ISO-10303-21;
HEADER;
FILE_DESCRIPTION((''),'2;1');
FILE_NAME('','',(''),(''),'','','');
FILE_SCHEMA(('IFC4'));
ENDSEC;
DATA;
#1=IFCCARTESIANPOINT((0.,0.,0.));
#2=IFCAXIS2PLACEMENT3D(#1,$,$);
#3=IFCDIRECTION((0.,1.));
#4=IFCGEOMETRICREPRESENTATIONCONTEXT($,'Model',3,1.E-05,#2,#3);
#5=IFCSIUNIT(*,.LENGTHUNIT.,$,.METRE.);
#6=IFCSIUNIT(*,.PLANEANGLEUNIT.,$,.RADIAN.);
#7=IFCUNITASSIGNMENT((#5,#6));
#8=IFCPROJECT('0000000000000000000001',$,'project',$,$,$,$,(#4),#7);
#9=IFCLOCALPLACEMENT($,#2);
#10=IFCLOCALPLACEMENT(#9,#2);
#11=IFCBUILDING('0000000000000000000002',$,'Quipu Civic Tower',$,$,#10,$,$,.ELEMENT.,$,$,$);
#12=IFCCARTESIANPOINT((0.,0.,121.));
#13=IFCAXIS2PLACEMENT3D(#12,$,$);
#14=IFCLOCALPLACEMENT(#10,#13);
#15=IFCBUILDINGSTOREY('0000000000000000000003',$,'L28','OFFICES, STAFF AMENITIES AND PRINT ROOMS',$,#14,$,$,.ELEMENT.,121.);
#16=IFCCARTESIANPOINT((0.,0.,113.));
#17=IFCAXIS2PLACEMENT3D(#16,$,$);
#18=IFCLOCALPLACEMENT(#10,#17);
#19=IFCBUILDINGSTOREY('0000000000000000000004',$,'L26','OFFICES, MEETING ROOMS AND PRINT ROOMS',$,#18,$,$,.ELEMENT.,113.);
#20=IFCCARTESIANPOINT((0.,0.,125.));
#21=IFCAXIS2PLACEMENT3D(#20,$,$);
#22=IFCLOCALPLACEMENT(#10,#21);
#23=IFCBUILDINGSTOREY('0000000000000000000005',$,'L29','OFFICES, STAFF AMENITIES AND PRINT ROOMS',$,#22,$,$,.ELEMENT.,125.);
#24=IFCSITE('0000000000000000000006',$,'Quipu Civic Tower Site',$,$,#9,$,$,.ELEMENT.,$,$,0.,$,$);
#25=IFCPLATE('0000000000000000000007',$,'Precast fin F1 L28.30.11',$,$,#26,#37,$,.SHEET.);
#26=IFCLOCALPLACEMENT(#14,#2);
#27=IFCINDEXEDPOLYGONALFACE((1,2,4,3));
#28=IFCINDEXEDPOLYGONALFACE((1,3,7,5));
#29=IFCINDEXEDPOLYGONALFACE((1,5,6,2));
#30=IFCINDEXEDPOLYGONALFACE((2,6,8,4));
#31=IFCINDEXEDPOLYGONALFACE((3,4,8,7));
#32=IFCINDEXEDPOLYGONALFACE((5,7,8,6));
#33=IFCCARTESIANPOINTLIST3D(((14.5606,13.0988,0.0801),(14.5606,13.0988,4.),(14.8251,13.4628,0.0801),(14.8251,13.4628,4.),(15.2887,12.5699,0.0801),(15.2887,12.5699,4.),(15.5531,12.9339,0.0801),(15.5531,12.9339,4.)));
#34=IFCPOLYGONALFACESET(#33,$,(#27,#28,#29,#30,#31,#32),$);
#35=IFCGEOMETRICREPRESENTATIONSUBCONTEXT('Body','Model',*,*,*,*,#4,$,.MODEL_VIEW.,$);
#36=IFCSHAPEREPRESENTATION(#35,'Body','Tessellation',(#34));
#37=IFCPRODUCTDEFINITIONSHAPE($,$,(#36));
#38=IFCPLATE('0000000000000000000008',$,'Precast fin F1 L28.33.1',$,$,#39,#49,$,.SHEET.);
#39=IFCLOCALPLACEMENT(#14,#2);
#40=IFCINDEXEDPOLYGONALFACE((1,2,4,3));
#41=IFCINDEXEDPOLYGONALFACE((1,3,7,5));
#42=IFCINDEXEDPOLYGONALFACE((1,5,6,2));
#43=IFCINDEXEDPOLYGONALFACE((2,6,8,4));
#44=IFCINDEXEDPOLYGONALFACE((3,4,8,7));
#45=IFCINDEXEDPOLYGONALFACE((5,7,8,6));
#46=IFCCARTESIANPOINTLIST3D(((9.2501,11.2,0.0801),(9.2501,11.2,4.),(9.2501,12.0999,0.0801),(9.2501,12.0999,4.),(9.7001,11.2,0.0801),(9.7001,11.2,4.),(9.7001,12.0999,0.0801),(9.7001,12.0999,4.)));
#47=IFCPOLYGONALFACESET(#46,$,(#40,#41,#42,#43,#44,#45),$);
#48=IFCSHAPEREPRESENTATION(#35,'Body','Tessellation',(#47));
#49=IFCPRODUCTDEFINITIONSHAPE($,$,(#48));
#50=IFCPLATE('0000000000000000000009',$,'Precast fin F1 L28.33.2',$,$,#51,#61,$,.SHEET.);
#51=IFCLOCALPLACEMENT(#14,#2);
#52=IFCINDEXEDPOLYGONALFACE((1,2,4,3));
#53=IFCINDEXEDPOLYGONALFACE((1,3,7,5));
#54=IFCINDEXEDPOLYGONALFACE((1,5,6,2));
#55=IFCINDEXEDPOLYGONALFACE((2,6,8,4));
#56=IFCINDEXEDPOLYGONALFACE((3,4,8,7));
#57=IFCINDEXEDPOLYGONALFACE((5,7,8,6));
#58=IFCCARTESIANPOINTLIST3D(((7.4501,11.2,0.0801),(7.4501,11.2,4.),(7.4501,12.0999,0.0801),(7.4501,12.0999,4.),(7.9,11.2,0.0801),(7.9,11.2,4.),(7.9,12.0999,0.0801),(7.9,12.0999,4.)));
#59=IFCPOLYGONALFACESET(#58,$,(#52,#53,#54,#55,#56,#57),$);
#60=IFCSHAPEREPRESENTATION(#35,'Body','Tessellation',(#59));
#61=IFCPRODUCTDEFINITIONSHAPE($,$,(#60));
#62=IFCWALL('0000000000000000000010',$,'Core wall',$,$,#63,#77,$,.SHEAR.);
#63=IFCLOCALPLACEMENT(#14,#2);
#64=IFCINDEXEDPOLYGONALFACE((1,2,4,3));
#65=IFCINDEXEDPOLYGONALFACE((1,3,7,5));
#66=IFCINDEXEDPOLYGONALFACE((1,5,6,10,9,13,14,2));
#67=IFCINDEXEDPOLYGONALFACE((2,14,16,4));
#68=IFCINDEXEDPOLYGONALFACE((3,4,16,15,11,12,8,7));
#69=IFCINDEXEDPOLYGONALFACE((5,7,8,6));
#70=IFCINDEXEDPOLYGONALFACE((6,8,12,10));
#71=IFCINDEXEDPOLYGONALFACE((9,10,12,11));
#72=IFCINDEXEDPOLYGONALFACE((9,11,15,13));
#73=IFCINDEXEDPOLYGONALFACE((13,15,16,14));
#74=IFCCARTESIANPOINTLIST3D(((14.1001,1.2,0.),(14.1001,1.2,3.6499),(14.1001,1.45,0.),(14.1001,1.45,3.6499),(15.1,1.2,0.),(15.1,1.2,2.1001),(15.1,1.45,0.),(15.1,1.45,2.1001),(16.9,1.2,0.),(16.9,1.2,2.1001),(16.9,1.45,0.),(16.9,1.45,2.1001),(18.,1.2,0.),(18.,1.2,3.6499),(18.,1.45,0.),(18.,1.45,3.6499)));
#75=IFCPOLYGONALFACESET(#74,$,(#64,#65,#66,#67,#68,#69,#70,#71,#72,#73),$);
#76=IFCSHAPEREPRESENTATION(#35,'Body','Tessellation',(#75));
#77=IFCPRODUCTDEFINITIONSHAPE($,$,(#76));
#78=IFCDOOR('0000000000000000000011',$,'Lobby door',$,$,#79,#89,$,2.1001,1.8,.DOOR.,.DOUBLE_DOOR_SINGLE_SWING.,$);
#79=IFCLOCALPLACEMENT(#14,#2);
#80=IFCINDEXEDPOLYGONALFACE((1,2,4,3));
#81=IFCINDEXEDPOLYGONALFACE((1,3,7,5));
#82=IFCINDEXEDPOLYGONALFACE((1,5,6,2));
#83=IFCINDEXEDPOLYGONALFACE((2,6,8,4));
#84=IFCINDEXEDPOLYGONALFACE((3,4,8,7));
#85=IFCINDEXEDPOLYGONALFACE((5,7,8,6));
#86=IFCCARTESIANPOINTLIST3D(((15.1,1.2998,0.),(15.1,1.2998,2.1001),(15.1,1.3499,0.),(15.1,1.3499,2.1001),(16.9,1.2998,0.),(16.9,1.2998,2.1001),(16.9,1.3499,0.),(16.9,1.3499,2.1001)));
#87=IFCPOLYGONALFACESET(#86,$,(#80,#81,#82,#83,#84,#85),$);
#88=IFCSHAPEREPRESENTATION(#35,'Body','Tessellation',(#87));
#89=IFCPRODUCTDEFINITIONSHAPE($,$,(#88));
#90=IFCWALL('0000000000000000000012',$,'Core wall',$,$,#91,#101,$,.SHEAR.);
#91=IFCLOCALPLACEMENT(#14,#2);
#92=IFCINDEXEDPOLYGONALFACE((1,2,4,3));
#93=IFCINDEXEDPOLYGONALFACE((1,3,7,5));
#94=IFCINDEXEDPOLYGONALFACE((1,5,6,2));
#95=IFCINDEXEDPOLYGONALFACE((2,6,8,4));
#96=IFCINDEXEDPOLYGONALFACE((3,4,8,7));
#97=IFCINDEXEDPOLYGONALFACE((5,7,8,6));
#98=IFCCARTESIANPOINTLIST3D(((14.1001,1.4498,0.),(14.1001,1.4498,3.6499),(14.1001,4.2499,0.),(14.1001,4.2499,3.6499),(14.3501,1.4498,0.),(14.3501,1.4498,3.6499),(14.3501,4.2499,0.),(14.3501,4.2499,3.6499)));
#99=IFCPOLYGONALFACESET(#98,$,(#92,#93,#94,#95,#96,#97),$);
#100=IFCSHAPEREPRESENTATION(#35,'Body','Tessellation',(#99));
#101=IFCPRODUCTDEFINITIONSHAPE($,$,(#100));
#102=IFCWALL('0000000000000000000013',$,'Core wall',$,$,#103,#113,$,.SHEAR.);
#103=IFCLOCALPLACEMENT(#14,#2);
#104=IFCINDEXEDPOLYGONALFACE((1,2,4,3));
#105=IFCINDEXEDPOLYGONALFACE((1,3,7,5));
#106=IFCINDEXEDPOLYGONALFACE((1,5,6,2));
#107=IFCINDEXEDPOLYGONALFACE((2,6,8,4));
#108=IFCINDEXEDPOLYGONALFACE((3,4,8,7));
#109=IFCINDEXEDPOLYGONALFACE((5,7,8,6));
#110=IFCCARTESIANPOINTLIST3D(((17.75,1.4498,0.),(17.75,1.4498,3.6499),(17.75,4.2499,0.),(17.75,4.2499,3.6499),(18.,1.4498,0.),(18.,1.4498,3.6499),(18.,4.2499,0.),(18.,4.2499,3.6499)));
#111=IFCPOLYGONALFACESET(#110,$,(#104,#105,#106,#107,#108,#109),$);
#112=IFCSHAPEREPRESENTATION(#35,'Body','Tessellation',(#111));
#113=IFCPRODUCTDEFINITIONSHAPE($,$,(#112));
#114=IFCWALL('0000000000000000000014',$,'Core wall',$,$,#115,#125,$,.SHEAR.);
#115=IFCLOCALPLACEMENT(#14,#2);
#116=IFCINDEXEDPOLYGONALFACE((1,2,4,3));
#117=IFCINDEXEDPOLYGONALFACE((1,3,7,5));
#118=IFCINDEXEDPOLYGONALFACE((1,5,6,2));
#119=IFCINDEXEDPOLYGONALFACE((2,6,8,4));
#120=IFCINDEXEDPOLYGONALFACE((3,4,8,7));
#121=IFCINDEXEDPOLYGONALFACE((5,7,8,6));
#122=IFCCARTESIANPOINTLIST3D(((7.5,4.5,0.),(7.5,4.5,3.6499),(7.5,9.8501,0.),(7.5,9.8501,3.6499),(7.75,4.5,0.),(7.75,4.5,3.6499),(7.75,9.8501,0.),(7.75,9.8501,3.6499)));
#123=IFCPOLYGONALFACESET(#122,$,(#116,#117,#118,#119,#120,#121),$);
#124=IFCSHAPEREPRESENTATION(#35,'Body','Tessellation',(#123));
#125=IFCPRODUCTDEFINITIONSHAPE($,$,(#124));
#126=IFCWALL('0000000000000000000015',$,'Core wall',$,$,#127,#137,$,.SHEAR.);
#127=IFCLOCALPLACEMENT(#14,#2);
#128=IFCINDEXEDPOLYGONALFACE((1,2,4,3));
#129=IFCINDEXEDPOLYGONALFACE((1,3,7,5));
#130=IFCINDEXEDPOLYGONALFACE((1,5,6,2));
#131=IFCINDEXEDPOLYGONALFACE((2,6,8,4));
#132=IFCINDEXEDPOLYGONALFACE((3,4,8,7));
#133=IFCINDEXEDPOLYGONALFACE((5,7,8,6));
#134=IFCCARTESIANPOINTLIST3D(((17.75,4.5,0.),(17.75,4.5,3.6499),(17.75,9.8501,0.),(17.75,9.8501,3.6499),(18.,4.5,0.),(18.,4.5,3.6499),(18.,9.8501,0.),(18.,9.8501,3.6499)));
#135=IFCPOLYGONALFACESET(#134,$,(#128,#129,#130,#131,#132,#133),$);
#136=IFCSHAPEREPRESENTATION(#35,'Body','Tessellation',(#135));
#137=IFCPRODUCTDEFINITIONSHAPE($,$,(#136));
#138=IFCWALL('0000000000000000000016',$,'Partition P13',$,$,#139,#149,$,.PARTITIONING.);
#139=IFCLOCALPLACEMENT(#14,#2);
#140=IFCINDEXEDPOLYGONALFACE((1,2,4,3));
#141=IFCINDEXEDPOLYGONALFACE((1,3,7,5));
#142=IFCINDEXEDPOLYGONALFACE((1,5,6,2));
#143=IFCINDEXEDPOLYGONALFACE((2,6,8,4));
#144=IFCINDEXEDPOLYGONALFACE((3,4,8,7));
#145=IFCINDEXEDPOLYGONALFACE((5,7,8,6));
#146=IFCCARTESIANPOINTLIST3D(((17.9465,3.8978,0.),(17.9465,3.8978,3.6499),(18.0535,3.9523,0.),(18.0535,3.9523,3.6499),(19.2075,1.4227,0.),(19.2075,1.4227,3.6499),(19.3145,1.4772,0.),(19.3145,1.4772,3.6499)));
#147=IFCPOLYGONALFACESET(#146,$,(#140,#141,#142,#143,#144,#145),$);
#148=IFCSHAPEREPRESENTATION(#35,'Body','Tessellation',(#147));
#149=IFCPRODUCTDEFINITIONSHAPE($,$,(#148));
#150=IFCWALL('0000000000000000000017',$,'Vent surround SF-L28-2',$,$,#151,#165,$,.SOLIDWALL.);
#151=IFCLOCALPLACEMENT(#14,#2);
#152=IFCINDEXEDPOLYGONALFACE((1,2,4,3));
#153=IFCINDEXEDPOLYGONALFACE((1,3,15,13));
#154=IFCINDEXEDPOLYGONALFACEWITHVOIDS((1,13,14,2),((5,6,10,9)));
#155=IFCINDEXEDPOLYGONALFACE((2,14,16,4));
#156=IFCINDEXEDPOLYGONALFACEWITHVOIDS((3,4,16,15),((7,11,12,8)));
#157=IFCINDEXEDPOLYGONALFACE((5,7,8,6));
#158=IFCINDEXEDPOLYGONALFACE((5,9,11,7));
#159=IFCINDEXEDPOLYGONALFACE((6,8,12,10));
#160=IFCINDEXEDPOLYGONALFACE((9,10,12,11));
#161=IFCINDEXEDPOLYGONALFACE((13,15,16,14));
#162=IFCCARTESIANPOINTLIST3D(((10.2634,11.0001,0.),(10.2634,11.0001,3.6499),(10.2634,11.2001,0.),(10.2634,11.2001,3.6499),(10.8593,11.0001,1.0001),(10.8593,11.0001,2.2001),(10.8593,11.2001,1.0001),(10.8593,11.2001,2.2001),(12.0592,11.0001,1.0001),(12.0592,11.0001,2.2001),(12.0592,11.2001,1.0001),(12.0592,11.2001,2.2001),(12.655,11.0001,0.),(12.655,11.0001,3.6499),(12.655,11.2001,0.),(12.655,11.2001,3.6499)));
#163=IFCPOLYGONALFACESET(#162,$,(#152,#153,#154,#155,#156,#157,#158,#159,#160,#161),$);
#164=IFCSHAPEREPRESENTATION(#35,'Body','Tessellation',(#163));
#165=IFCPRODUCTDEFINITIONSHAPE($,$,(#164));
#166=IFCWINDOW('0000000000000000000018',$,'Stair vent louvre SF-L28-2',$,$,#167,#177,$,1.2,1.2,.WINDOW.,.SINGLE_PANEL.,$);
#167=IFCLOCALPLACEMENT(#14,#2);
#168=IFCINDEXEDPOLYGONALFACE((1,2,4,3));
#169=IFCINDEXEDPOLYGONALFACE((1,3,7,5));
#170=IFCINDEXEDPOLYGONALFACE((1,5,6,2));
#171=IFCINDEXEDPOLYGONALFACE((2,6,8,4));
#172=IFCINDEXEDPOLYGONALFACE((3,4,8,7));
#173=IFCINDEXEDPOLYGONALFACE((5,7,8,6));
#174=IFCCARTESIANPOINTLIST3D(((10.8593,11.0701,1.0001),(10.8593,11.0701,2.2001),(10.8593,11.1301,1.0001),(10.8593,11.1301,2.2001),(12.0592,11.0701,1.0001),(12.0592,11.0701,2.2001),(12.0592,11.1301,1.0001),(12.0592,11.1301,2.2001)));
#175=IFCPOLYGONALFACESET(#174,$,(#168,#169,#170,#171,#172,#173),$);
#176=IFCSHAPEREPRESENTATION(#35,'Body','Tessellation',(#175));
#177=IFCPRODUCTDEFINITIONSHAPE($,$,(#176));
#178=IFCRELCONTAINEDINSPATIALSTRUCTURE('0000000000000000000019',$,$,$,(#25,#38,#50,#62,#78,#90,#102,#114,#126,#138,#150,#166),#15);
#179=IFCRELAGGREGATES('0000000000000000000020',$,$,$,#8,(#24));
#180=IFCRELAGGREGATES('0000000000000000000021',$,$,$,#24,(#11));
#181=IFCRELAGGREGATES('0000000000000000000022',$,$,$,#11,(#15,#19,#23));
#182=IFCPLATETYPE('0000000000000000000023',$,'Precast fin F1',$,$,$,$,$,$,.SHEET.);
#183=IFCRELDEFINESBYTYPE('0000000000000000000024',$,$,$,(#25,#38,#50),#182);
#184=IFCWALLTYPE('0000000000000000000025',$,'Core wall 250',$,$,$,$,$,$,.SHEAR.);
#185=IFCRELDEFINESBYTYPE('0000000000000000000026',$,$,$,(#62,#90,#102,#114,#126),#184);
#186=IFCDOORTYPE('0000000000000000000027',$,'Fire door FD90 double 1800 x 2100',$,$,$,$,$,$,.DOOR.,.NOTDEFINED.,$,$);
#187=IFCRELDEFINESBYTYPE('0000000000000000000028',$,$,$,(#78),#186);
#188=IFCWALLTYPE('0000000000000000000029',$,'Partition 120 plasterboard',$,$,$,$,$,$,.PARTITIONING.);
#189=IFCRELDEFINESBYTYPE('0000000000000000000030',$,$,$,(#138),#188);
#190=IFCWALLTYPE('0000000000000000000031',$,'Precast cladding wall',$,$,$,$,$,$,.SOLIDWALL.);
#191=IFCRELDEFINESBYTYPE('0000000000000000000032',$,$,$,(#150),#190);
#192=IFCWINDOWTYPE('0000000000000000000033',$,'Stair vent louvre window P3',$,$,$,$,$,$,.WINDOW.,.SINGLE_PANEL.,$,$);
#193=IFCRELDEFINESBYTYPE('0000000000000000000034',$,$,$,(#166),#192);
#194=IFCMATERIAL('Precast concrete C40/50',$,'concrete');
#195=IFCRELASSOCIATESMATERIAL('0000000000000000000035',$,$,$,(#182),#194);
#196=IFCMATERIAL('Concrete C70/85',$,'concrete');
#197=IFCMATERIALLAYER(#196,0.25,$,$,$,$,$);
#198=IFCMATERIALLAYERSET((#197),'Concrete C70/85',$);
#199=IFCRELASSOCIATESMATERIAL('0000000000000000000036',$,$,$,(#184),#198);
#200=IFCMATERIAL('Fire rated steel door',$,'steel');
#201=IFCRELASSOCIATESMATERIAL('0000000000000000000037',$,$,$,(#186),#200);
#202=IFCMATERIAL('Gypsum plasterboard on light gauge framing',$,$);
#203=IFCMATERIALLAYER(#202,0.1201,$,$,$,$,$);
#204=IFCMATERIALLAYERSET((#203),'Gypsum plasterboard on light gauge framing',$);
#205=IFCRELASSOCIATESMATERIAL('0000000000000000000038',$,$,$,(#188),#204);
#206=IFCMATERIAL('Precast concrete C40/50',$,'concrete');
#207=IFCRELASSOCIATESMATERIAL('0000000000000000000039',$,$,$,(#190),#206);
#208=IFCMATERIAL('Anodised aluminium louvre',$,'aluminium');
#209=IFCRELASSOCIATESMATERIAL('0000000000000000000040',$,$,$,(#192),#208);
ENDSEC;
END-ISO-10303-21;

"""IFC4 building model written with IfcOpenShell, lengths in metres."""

from ifc_helpers import new_model, si_unit, direction, frame, frame_2d, origin, origin_2d, place, context, subcontext, project, spatial, rectangle, extrude, material, layer, layer_set, type_object, element, fill, save


model = new_model("IFC4")

# Units and contexts
model_context = context("Model", 3, precision=1e-05, world=origin(), true_north=direction((0.0, 1.0)))
body_context = subcontext(model_context, "Body", "Model", "MODEL_VIEW")
ifc_project = project(units=[si_unit("LENGTHUNIT", "METRE"), si_unit("PLANEANGLEUNIT", "RADIAN")], contexts=[model_context])

# Site, building, storey
site_placement = place(None, origin())
site = spatial("IfcSite", under=ifc_project, at=site_placement, Name="Quipu Civic Tower Site", CompositionType="ELEMENT", RefElevation=0.0)
building_placement = place(site_placement, origin())
building = spatial("IfcBuilding", under=site, at=building_placement, Name="Quipu Civic Tower", CompositionType="ELEMENT")
storey_1_placement = place(building_placement, frame((0.0, 0.0, 121.0)))
storey_1 = spatial("IfcBuildingStorey", under=building, at=storey_1_placement, Name="L28", Description="OFFICES, STAFF AMENITIES AND PRINT ROOMS", CompositionType="ELEMENT", Elevation=121.0)

# Shared definitions
storey_2_placement = place(building_placement, frame((0.0, 0.0, 113.0)))
storey_2 = spatial("IfcBuildingStorey", under=building, at=storey_2_placement, Name="L26", Description="OFFICES, MEETING ROOMS AND PRINT ROOMS", CompositionType="ELEMENT", Elevation=113.0)

# Shared definitions
storey_3_placement = place(building_placement, frame((0.0, 0.0, 125.0)))
storey_3 = spatial("IfcBuildingStorey", under=building, at=storey_3_placement, Name="L29", Description="OFFICES, STAFF AMENITIES AND PRINT ROOMS", CompositionType="ELEMENT", Elevation=125.0)

# Plates
ifc_material_1 = material(Name="Precast concrete C40/50", Category="concrete")
plate_type_1 = type_object("IfcPlateType", Name="Precast fin F1", PredefinedType="SHEET", material=ifc_material_1)
for number, where, z_axis, x_axis, name in (
    (1, (15.0569, 13.0164, 0.0801), (0.0, 0.0, 1.0), (-0.587787, -0.809016, 0.0), "Precast fin F1 L28.30.11"),
    (2, (9.4751, 11.6499, 0.0801), (0.0, 0.0, 1.0), (-1.0, 0.0, 0.0), "Precast fin F1 L28.33.1"),
    (3, (7.675, 11.6499, 0.0801), (0.0, 0.0, 1.0), (-1.0, 0.0, 0.0), "Precast fin F1 L28.33.2"),
):
    element("IfcPlate", number, at=place(storey_1_placement, frame(where, z_axis=z_axis, x_axis=x_axis)), inside=storey_1, type_object=plate_type_1, Name=name, PredefinedType="SHEET", context=body_context, shape_type="SweptSolid", body=[
        extrude(rectangle(XDim=0.45, YDim=0.8999, at=origin_2d()), origin(), (0.0, 0.0, 1.0), 3.9199),
    ])

# Wall, opening, door
ifc_material_2 = material(Name="Concrete C70/85", Category="concrete")
ifc_layer_1 = layer(ifc_material_2, 0.25)
ifc_layer_set_1 = layer_set([ifc_layer_1], Name="Concrete C70/85")
wall_type_1 = type_object("IfcWallType", Name="Core wall 250", PredefinedType="SHEAR", material=ifc_layer_set_1)
wall_1_placement = place(storey_1_placement, frame((14.1001, 1.325, 0.0), z_axis=(0.0, 0.0, 1.0), x_axis=(1.0, 0.0, 0.0)))
wall_1 = element("IfcWall", 4, at=wall_1_placement, inside=storey_1, type_object=wall_type_1, Name="Core wall", PredefinedType="SHEAR", context=body_context, shape_type="SweptSolid", body=[
    extrude(rectangle(XDim=3.8999, YDim=0.25, at=frame_2d((1.95, 0.0))), origin(), (0.0, 0.0, 1.0), 3.6499),
])
opening_1_placement = place(wall_1_placement, frame((1.0, 0.0, 0.0)))
opening_1 = element("IfcOpeningElement", 5, at=opening_1_placement, cuts=wall_1, PredefinedType="OPENING", context=body_context, shape_type="SweptSolid", body=[
    extrude(rectangle(XDim=1.8, YDim=2.1001, at=frame_2d((0.8999, 1.05))), frame((0.0, 0.135, 0.0), z_axis=(0.0, -1.0, 0.0), x_axis=(1.0, 0.0, 0.0)), (0.0, 0.0, 1.0), 0.27),
])
ifc_material_3 = material(Name="Fire rated steel door", Category="steel")
door_type = type_object("IfcDoorType", Name="Fire door FD90 double 1800 x 2100", OperationType="NOTDEFINED", PredefinedType="DOOR", material=ifc_material_3)
door_placement = place(opening_1_placement, origin())
door = element("IfcDoor", 6, at=door_placement, inside=storey_1, type_object=door_type, Name="Lobby door", OperationType="DOUBLE_DOOR_SINGLE_SWING", OverallHeight=2.1001, OverallWidth=1.8, PredefinedType="DOOR", context=body_context, shape_type="SweptSolid", body=[
    extrude(rectangle(XDim=1.8, YDim=2.1001, at=frame_2d((0.8999, 1.05))), frame((0.0, 0.0249, 0.0), z_axis=(0.0, -1.0, 0.0), x_axis=(1.0, 0.0, 0.0)), (0.0, 0.0, 1.0), 0.05),
])
fill(opening_1, door)

# Walls
for number, where, z_axis, x_axis, name in (
    (7, (14.2251, 1.45, 0.0), (0.0, 0.0, 1.0), (0.0, 1.0, 0.0), "Core wall"),
    (8, (17.875, 1.45, 0.0), (0.0, 0.0, 1.0), (0.0, 1.0, 0.0), "Core wall"),
):
    element("IfcWall", number, at=place(storey_1_placement, frame(where, z_axis=z_axis, x_axis=x_axis)), inside=storey_1, type_object=wall_type_1, Name=name, PredefinedType="SHEAR", context=body_context, shape_type="SweptSolid", body=[
        extrude(rectangle(XDim=2.8, YDim=0.25, at=frame_2d((1.3999, 0.0))), origin(), (0.0, 0.0, 1.0), 3.6499),
    ])
for number, where, z_axis, x_axis, name in (
    (9, (7.625, 4.5, 0.0), (0.0, 0.0, 1.0), (0.0, 1.0, 0.0), "Core wall"),
    (10, (17.875, 4.5, 0.0), (0.0, 0.0, 1.0), (0.0, 1.0, 0.0), "Core wall"),
):
    element("IfcWall", number, at=place(storey_1_placement, frame(where, z_axis=z_axis, x_axis=x_axis)), inside=storey_1, type_object=wall_type_1, Name=name, PredefinedType="SHEAR", context=body_context, shape_type="SweptSolid", body=[
        extrude(rectangle(XDim=5.3501, YDim=0.25, at=frame_2d((2.675, 0.0))), origin(), (0.0, 0.0, 1.0), 3.6499),
    ])
ifc_material_4 = material(Name="Gypsum plasterboard on light gauge framing")
ifc_layer_2 = layer(ifc_material_4, 0.1201)
ifc_layer_set_2 = layer_set([ifc_layer_2], Name="Gypsum plasterboard on light gauge framing")
wall_type_2 = type_object("IfcWallType", Name="Partition 120 plasterboard", PredefinedType="PARTITIONING", material=ifc_layer_set_2)
wall_2_placement = place(storey_1_placement, frame((18.0, 3.925, 0.0), z_axis=(0.0, 0.0, 1.0), x_axis=(0.453951, -0.891027, 0.0)))
element("IfcWall", 11, at=wall_2_placement, inside=storey_1, type_object=wall_type_2, Name="Partition P13", PredefinedType="PARTITIONING", context=body_context, shape_type="SweptSolid", body=[
    extrude(rectangle(XDim=2.7778, YDim=0.1201, at=frame_2d((1.3889, 0.0))), origin(), (0.0, 0.0, 1.0), 3.6499),
])

# Wall, opening, window
ifc_material_5 = material(Name="Precast concrete C40/50", Category="concrete")
wall_type_3 = type_object("IfcWallType", Name="Precast cladding wall", PredefinedType="SOLIDWALL", material=ifc_material_5)
wall_3_placement = place(storey_1_placement, frame((12.655, 11.1001, 0.0), z_axis=(0.0, 0.0, 1.0), x_axis=(-1.0, 0.0, 0.0)))
wall_3 = element("IfcWall", 12, at=wall_3_placement, inside=storey_1, type_object=wall_type_3, Name="Vent surround SF-L28-2", PredefinedType="SOLIDWALL", context=body_context, shape_type="SweptSolid", body=[
    extrude(rectangle(XDim=2.3916, YDim=0.2, at=frame_2d((1.1958, 0.0))), origin(), (0.0, 0.0, 1.0), 3.6499),
])
opening_2_placement = place(wall_3_placement, frame((0.5957, 0.0, 1.0)))
opening_2 = element("IfcOpeningElement", 13, at=opening_2_placement, cuts=wall_3, PredefinedType="OPENING", context=body_context, shape_type="SweptSolid", body=[
    extrude(rectangle(XDim=1.2, YDim=1.2, at=frame_2d((0.6001, 0.6001))), frame((0.0, 0.1099, 0.0), z_axis=(0.0, -1.0, 0.0), x_axis=(1.0, 0.0, 0.0)), (0.0, 0.0, 1.0), 0.22),
])
ifc_material_6 = material(Name="Anodised aluminium louvre", Category="aluminium")
window_type = type_object("IfcWindowType", Name="Stair vent louvre window P3", PartitioningType="SINGLE_PANEL", PredefinedType="WINDOW", material=ifc_material_6)
window_placement = place(opening_2_placement, origin())
window = element("IfcWindow", 14, at=window_placement, inside=storey_1, type_object=window_type, Name="Stair vent louvre SF-L28-2", OverallHeight=1.2, OverallWidth=1.2, PartitioningType="SINGLE_PANEL", PredefinedType="WINDOW", context=body_context, shape_type="SweptSolid", body=[
    extrude(rectangle(XDim=1.2, YDim=1.2, at=frame_2d((0.6001, 0.6001))), frame((0.0, 0.03, 0.0), z_axis=(0.0, -1.0, 0.0), x_axis=(1.0, 0.0, 0.0)), (0.0, 0.0, 1.0), 0.0601),
])
fill(opening_2, window)

save(model, "model.ifc")
